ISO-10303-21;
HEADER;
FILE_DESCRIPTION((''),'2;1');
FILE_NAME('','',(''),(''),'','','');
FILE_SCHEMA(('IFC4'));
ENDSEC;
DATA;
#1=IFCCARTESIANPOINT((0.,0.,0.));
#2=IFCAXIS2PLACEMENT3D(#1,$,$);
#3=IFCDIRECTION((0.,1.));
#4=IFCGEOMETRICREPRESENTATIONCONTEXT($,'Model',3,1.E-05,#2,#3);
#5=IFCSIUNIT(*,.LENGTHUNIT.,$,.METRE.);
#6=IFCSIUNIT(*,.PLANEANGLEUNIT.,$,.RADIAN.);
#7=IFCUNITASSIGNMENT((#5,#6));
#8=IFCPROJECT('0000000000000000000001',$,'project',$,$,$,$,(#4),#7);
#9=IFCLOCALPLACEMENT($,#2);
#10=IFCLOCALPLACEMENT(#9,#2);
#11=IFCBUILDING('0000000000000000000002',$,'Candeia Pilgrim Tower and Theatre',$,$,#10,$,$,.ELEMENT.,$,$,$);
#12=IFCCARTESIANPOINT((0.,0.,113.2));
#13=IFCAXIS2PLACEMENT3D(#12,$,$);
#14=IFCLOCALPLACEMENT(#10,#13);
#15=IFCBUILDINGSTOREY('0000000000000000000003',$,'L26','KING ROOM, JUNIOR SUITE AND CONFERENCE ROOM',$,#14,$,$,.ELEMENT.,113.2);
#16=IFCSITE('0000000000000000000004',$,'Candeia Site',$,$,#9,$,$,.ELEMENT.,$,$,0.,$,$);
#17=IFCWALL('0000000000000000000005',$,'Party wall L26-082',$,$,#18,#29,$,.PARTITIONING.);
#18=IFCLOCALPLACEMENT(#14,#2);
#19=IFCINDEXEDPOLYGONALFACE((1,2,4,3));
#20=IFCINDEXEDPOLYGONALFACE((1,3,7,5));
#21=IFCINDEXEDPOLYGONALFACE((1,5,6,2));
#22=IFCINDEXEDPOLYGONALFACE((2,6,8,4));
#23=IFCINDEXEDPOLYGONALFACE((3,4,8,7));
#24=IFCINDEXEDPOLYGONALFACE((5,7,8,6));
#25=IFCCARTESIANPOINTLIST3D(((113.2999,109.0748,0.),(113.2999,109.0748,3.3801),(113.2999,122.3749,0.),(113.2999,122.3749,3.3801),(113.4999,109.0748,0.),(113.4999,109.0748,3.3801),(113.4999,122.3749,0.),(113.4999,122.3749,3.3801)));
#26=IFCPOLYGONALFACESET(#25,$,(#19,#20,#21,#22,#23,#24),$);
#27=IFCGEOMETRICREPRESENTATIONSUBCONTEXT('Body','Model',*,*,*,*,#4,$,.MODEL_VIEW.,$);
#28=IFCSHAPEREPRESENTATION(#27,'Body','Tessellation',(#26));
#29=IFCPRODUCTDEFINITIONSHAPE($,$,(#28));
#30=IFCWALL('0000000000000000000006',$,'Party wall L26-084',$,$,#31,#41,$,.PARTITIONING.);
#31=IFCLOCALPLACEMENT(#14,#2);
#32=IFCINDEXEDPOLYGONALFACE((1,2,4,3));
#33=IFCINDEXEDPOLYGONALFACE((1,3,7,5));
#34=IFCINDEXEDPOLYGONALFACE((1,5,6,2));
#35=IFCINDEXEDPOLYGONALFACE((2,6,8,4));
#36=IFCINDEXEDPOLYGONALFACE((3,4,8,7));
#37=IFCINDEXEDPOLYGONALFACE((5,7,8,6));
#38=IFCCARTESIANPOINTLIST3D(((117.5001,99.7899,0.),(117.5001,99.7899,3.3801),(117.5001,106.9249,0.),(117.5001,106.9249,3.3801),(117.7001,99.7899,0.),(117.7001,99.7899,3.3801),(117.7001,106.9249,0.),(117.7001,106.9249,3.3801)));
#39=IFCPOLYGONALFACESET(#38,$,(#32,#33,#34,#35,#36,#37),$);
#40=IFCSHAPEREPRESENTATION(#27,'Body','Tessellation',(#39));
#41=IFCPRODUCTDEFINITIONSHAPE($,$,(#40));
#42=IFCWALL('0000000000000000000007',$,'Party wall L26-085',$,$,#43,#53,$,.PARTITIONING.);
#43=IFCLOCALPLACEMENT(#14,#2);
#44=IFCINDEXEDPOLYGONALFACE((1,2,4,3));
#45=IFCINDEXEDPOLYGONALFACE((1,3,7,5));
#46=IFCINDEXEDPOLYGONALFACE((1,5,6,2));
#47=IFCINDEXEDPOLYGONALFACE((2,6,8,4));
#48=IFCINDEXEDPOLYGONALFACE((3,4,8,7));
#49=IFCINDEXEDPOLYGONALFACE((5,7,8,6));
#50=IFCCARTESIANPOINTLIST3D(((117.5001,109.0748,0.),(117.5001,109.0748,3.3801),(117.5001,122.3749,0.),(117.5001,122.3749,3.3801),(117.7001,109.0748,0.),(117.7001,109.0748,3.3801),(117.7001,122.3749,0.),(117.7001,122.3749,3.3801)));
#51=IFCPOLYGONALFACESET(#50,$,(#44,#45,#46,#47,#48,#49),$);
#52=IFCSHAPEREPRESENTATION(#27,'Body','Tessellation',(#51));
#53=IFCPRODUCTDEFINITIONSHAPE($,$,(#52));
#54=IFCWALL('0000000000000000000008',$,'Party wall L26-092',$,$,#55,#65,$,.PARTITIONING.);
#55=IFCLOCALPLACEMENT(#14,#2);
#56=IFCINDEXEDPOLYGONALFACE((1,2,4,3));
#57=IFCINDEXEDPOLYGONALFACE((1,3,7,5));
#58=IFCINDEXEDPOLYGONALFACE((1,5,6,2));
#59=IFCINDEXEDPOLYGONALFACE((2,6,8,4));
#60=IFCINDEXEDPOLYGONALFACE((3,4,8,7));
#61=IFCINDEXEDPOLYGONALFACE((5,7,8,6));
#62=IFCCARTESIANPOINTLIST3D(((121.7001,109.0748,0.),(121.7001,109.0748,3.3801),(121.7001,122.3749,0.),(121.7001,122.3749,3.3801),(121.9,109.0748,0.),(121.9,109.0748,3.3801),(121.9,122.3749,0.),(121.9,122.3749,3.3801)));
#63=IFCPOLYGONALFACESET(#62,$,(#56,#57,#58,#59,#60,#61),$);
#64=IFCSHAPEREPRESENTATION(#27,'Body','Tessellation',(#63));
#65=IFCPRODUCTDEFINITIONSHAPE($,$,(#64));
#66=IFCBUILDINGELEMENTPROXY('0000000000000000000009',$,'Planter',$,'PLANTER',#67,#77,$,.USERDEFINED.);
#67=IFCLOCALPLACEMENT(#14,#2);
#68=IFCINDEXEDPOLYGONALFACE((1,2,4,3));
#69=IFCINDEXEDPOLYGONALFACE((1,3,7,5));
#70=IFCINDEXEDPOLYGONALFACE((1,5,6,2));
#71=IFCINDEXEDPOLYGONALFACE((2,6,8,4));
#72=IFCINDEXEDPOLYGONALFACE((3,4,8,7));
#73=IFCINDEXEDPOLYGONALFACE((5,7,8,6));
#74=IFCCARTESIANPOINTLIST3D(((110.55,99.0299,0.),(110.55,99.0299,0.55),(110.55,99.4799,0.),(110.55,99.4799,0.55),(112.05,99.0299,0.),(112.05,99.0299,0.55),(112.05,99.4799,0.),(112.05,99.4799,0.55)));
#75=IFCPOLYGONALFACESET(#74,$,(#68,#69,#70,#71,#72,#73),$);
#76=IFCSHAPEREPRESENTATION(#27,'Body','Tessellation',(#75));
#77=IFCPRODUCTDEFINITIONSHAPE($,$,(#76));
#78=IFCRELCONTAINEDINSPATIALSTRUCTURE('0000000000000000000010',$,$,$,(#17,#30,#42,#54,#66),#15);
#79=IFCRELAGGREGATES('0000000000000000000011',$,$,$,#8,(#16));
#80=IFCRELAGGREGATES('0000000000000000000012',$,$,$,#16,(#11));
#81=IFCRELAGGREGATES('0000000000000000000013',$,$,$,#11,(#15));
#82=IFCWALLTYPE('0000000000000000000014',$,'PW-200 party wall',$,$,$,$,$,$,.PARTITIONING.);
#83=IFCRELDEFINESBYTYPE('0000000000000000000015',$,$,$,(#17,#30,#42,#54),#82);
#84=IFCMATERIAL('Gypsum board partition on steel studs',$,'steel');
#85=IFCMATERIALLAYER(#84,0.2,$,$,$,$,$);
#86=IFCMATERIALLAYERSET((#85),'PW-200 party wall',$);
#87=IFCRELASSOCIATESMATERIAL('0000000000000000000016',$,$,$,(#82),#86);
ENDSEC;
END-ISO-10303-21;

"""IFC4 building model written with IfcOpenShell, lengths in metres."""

from ifc_helpers import new_model, si_unit, direction, frame, frame_2d, origin, origin_2d, place, context, subcontext, project, spatial, rectangle, extrude, material, layer, layer_set, type_object, element, save


model = new_model("IFC4")

# Units and contexts
model_context = context("Model", 3, precision=1e-05, world=origin(), true_north=direction((0.0, 1.0)))
body_context = subcontext(model_context, "Body", "Model", "MODEL_VIEW")
ifc_project = project(units=[si_unit("LENGTHUNIT", "METRE"), si_unit("PLANEANGLEUNIT", "RADIAN")], contexts=[model_context])

# Site, building, storey
site_placement = place(None, origin())
site = spatial("IfcSite", under=ifc_project, at=site_placement, Name="Candeia Site", CompositionType="ELEMENT", RefElevation=0.0)
building_placement = place(site_placement, origin())
building = spatial("IfcBuilding", under=site, at=building_placement, Name="Candeia Pilgrim Tower and Theatre", CompositionType="ELEMENT")
storey_placement = place(building_placement, frame((0.0, 0.0, 113.2)))
storey = spatial("IfcBuildingStorey", under=building, at=storey_placement, Name="L26", Description="KING ROOM, JUNIOR SUITE AND CONFERENCE ROOM", CompositionType="ELEMENT", Elevation=113.2)

# Shared definitions
ifc_material_1 = material(Name="Gypsum board partition on steel studs", Category="steel")

# Walls
ifc_layer_1 = layer(ifc_material_1, 0.2)
ifc_layer_set_1 = layer_set([ifc_layer_1], Name="PW-200 party wall")
wall_type_1 = type_object("IfcWallType", Name="PW-200 party wall", PredefinedType="PARTITIONING", material=ifc_layer_set_1)
wall_1_placement = place(storey_placement, frame((113.3999, 109.075, 0.0), z_axis=(0.0, 0.0, 1.0), x_axis=(0.0, 1.0, 0.0)))
element("IfcWall", 1, at=wall_1_placement, inside=storey, type_object=wall_type_1, Name="Party wall L26-082", PredefinedType="PARTITIONING", context=body_context, shape_type="SweptSolid", body=[
    extrude(rectangle(XDim=13.3, YDim=0.2, at=frame_2d((6.6499, 0.0))), origin(), (0.0, 0.0, 1.0), 3.3801),
])
wall_2_placement = place(storey_placement, frame((117.6001, 99.79, 0.0), z_axis=(0.0, 0.0, 1.0), x_axis=(0.0, 1.0, 0.0)))
element("IfcWall", 2, at=wall_2_placement, inside=storey, type_object=wall_type_1, Name="Party wall L26-084", PredefinedType="PARTITIONING", context=body_context, shape_type="SweptSolid", body=[
    extrude(rectangle(XDim=7.135, YDim=0.2, at=frame_2d((3.5674, 0.0))), origin(), (0.0, 0.0, 1.0), 3.3801),
])
for number, where, z_axis, x_axis, name in (
    (3, (117.6001, 109.075, 0.0), (0.0, 0.0, 1.0), (0.0, 1.0, 0.0), "Party wall L26-085"),
    (4, (121.8, 109.075, 0.0), (0.0, 0.0, 1.0), (0.0, 1.0, 0.0), "Party wall L26-092"),
):
    element("IfcWall", number, at=place(storey_placement, frame(where, z_axis=z_axis, x_axis=x_axis)), inside=storey, type_object=wall_type_1, Name=name, PredefinedType="PARTITIONING", context=body_context, shape_type="SweptSolid", body=[
        extrude(rectangle(XDim=13.3, YDim=0.2, at=frame_2d((6.6499, 0.0))), origin(), (0.0, 0.0, 1.0), 3.3801),
    ])

# Building element proxy
proxy_placement = place(storey_placement, frame((111.3, 99.2549, 0.0), z_axis=(0.0, 0.0, 1.0), x_axis=(1.0, 0.0, 0.0)))
element("IfcBuildingElementProxy", 5, at=proxy_placement, inside=storey, Name="Planter", ObjectType="PLANTER", PredefinedType="USERDEFINED", context=body_context, shape_type="SweptSolid", body=[
    extrude(rectangle(XDim=1.5, YDim=0.45, at=origin_2d()), origin(), (0.0, 0.0, 1.0), 0.55),
])

save(model, "model.ifc")
